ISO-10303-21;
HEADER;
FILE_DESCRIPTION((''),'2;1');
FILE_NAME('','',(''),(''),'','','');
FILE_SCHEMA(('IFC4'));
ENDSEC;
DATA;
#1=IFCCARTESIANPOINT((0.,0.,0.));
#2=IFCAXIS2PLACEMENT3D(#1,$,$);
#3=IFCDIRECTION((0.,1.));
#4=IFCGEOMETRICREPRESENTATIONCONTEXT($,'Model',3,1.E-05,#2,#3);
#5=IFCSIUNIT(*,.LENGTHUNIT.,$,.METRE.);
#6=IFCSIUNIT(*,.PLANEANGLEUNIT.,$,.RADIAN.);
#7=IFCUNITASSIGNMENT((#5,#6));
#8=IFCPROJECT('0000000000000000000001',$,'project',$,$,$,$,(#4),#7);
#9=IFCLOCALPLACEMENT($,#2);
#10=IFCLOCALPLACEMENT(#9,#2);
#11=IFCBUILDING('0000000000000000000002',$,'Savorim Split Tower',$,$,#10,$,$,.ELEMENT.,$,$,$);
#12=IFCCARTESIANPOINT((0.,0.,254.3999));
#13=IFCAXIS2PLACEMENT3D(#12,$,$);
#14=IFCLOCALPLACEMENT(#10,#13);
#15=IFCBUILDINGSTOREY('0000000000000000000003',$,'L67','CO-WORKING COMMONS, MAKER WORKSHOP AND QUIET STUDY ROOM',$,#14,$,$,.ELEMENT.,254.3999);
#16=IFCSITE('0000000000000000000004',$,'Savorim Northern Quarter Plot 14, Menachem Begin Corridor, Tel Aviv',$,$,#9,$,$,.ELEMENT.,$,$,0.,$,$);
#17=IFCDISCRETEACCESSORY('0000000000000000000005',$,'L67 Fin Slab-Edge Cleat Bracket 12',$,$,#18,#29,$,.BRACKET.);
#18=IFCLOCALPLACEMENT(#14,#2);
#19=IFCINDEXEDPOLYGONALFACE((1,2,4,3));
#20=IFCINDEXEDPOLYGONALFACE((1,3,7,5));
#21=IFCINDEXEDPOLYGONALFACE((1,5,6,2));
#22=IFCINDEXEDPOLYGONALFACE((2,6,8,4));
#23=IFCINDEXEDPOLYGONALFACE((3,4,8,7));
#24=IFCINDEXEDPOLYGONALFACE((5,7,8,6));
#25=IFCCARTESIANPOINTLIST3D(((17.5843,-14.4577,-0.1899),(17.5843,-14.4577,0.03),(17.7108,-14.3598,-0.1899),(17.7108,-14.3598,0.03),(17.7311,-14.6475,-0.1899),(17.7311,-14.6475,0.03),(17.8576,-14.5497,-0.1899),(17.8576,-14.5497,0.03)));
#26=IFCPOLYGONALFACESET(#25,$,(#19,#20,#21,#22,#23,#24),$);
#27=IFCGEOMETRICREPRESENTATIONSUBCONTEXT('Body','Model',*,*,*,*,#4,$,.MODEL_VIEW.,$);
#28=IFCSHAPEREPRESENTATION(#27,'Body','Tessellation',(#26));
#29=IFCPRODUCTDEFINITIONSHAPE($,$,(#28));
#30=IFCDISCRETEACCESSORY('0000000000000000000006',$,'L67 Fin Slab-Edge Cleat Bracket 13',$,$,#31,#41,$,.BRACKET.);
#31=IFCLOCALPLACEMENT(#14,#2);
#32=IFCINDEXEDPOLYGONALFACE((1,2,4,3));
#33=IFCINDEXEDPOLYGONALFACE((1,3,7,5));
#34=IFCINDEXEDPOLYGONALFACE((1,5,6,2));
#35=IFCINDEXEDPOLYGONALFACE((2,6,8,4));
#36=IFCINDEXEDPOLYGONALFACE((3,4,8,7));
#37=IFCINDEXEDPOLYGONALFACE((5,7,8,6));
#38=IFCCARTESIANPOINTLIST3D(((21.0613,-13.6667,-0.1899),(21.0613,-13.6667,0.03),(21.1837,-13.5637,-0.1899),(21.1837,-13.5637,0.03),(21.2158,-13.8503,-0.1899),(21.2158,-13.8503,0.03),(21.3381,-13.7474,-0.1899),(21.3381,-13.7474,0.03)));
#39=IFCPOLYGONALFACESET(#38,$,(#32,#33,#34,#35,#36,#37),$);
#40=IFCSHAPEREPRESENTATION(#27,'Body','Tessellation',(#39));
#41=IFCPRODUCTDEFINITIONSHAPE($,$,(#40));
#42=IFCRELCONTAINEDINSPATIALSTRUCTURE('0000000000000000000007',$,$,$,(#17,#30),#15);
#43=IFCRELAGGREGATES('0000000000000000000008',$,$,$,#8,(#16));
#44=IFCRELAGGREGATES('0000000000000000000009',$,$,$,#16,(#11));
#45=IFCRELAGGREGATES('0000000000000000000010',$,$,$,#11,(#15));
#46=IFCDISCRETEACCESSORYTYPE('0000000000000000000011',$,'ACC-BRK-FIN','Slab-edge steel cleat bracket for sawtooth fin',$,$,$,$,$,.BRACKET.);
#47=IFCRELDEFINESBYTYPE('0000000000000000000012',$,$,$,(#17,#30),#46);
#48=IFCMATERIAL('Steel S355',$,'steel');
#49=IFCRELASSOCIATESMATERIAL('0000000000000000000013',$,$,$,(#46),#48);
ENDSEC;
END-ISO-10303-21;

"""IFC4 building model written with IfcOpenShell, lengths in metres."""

from ifc_helpers import new_model, si_unit, direction, frame, origin, origin_2d, place, context, subcontext, project, spatial, rectangle, extrude, material, type_object, element, save


model = new_model("IFC4")

# Units and contexts
model_context = context("Model", 3, precision=1e-05, world=origin(), true_north=direction((0.0, 1.0)))
body_context = subcontext(model_context, "Body", "Model", "MODEL_VIEW")
ifc_project = project(units=[si_unit("LENGTHUNIT", "METRE"), si_unit("PLANEANGLEUNIT", "RADIAN")], contexts=[model_context])

# Site, building, storey
site_placement = place(None, origin())
site = spatial("IfcSite", under=ifc_project, at=site_placement, Name="Savorim Northern Quarter Plot 14, Menachem Begin Corridor, Tel Aviv", CompositionType="ELEMENT", RefElevation=0.0)
building_placement = place(site_placement, origin())
building = spatial("IfcBuilding", under=site, at=building_placement, Name="Savorim Split Tower", CompositionType="ELEMENT")
storey_placement = place(building_placement, frame((0.0, 0.0, 254.3999)))
storey = spatial("IfcBuildingStorey", under=building, at=storey_placement, Name="L67", Description="CO-WORKING COMMONS, MAKER WORKSHOP AND QUIET STUDY ROOM", CompositionType="ELEMENT", Elevation=254.3999)

# Shared definitions
ifc_material_1 = material(Name="Steel S355", Category="steel")

# Discrete accessories
discrete_accessory_type = type_object("IfcDiscreteAccessoryType", Name="ACC-BRK-FIN", Description="Slab-edge steel cleat bracket for sawtooth fin", PredefinedType="BRACKET", material=ifc_material_1)
for number, where, z_axis, x_axis, name in (
    (1, (17.7209, -14.5037, -0.1899), (0.0, 0.0, 1.0), (0.611868, -0.79096, 0.0), "L67 Fin Slab-Edge Cleat Bracket 12"),
    (2, (21.1997, -13.707, -0.1899), (0.0, 0.0, 1.0), (0.643719, -0.765262, 0.0), "L67 Fin Slab-Edge Cleat Bracket 13"),
):
    element("IfcDiscreteAccessory", number, at=place(storey_placement, frame(where, z_axis=z_axis, x_axis=x_axis)), inside=storey, type_object=discrete_accessory_type, Name=name, PredefinedType="BRACKET", context=body_context, shape_type="SweptSolid", body=[
        extrude(rectangle(XDim=0.24, YDim=0.1599, at=origin_2d()), origin(), (0.0, 0.0, 1.0), 0.22),
    ])

save(model, "model.ifc")
